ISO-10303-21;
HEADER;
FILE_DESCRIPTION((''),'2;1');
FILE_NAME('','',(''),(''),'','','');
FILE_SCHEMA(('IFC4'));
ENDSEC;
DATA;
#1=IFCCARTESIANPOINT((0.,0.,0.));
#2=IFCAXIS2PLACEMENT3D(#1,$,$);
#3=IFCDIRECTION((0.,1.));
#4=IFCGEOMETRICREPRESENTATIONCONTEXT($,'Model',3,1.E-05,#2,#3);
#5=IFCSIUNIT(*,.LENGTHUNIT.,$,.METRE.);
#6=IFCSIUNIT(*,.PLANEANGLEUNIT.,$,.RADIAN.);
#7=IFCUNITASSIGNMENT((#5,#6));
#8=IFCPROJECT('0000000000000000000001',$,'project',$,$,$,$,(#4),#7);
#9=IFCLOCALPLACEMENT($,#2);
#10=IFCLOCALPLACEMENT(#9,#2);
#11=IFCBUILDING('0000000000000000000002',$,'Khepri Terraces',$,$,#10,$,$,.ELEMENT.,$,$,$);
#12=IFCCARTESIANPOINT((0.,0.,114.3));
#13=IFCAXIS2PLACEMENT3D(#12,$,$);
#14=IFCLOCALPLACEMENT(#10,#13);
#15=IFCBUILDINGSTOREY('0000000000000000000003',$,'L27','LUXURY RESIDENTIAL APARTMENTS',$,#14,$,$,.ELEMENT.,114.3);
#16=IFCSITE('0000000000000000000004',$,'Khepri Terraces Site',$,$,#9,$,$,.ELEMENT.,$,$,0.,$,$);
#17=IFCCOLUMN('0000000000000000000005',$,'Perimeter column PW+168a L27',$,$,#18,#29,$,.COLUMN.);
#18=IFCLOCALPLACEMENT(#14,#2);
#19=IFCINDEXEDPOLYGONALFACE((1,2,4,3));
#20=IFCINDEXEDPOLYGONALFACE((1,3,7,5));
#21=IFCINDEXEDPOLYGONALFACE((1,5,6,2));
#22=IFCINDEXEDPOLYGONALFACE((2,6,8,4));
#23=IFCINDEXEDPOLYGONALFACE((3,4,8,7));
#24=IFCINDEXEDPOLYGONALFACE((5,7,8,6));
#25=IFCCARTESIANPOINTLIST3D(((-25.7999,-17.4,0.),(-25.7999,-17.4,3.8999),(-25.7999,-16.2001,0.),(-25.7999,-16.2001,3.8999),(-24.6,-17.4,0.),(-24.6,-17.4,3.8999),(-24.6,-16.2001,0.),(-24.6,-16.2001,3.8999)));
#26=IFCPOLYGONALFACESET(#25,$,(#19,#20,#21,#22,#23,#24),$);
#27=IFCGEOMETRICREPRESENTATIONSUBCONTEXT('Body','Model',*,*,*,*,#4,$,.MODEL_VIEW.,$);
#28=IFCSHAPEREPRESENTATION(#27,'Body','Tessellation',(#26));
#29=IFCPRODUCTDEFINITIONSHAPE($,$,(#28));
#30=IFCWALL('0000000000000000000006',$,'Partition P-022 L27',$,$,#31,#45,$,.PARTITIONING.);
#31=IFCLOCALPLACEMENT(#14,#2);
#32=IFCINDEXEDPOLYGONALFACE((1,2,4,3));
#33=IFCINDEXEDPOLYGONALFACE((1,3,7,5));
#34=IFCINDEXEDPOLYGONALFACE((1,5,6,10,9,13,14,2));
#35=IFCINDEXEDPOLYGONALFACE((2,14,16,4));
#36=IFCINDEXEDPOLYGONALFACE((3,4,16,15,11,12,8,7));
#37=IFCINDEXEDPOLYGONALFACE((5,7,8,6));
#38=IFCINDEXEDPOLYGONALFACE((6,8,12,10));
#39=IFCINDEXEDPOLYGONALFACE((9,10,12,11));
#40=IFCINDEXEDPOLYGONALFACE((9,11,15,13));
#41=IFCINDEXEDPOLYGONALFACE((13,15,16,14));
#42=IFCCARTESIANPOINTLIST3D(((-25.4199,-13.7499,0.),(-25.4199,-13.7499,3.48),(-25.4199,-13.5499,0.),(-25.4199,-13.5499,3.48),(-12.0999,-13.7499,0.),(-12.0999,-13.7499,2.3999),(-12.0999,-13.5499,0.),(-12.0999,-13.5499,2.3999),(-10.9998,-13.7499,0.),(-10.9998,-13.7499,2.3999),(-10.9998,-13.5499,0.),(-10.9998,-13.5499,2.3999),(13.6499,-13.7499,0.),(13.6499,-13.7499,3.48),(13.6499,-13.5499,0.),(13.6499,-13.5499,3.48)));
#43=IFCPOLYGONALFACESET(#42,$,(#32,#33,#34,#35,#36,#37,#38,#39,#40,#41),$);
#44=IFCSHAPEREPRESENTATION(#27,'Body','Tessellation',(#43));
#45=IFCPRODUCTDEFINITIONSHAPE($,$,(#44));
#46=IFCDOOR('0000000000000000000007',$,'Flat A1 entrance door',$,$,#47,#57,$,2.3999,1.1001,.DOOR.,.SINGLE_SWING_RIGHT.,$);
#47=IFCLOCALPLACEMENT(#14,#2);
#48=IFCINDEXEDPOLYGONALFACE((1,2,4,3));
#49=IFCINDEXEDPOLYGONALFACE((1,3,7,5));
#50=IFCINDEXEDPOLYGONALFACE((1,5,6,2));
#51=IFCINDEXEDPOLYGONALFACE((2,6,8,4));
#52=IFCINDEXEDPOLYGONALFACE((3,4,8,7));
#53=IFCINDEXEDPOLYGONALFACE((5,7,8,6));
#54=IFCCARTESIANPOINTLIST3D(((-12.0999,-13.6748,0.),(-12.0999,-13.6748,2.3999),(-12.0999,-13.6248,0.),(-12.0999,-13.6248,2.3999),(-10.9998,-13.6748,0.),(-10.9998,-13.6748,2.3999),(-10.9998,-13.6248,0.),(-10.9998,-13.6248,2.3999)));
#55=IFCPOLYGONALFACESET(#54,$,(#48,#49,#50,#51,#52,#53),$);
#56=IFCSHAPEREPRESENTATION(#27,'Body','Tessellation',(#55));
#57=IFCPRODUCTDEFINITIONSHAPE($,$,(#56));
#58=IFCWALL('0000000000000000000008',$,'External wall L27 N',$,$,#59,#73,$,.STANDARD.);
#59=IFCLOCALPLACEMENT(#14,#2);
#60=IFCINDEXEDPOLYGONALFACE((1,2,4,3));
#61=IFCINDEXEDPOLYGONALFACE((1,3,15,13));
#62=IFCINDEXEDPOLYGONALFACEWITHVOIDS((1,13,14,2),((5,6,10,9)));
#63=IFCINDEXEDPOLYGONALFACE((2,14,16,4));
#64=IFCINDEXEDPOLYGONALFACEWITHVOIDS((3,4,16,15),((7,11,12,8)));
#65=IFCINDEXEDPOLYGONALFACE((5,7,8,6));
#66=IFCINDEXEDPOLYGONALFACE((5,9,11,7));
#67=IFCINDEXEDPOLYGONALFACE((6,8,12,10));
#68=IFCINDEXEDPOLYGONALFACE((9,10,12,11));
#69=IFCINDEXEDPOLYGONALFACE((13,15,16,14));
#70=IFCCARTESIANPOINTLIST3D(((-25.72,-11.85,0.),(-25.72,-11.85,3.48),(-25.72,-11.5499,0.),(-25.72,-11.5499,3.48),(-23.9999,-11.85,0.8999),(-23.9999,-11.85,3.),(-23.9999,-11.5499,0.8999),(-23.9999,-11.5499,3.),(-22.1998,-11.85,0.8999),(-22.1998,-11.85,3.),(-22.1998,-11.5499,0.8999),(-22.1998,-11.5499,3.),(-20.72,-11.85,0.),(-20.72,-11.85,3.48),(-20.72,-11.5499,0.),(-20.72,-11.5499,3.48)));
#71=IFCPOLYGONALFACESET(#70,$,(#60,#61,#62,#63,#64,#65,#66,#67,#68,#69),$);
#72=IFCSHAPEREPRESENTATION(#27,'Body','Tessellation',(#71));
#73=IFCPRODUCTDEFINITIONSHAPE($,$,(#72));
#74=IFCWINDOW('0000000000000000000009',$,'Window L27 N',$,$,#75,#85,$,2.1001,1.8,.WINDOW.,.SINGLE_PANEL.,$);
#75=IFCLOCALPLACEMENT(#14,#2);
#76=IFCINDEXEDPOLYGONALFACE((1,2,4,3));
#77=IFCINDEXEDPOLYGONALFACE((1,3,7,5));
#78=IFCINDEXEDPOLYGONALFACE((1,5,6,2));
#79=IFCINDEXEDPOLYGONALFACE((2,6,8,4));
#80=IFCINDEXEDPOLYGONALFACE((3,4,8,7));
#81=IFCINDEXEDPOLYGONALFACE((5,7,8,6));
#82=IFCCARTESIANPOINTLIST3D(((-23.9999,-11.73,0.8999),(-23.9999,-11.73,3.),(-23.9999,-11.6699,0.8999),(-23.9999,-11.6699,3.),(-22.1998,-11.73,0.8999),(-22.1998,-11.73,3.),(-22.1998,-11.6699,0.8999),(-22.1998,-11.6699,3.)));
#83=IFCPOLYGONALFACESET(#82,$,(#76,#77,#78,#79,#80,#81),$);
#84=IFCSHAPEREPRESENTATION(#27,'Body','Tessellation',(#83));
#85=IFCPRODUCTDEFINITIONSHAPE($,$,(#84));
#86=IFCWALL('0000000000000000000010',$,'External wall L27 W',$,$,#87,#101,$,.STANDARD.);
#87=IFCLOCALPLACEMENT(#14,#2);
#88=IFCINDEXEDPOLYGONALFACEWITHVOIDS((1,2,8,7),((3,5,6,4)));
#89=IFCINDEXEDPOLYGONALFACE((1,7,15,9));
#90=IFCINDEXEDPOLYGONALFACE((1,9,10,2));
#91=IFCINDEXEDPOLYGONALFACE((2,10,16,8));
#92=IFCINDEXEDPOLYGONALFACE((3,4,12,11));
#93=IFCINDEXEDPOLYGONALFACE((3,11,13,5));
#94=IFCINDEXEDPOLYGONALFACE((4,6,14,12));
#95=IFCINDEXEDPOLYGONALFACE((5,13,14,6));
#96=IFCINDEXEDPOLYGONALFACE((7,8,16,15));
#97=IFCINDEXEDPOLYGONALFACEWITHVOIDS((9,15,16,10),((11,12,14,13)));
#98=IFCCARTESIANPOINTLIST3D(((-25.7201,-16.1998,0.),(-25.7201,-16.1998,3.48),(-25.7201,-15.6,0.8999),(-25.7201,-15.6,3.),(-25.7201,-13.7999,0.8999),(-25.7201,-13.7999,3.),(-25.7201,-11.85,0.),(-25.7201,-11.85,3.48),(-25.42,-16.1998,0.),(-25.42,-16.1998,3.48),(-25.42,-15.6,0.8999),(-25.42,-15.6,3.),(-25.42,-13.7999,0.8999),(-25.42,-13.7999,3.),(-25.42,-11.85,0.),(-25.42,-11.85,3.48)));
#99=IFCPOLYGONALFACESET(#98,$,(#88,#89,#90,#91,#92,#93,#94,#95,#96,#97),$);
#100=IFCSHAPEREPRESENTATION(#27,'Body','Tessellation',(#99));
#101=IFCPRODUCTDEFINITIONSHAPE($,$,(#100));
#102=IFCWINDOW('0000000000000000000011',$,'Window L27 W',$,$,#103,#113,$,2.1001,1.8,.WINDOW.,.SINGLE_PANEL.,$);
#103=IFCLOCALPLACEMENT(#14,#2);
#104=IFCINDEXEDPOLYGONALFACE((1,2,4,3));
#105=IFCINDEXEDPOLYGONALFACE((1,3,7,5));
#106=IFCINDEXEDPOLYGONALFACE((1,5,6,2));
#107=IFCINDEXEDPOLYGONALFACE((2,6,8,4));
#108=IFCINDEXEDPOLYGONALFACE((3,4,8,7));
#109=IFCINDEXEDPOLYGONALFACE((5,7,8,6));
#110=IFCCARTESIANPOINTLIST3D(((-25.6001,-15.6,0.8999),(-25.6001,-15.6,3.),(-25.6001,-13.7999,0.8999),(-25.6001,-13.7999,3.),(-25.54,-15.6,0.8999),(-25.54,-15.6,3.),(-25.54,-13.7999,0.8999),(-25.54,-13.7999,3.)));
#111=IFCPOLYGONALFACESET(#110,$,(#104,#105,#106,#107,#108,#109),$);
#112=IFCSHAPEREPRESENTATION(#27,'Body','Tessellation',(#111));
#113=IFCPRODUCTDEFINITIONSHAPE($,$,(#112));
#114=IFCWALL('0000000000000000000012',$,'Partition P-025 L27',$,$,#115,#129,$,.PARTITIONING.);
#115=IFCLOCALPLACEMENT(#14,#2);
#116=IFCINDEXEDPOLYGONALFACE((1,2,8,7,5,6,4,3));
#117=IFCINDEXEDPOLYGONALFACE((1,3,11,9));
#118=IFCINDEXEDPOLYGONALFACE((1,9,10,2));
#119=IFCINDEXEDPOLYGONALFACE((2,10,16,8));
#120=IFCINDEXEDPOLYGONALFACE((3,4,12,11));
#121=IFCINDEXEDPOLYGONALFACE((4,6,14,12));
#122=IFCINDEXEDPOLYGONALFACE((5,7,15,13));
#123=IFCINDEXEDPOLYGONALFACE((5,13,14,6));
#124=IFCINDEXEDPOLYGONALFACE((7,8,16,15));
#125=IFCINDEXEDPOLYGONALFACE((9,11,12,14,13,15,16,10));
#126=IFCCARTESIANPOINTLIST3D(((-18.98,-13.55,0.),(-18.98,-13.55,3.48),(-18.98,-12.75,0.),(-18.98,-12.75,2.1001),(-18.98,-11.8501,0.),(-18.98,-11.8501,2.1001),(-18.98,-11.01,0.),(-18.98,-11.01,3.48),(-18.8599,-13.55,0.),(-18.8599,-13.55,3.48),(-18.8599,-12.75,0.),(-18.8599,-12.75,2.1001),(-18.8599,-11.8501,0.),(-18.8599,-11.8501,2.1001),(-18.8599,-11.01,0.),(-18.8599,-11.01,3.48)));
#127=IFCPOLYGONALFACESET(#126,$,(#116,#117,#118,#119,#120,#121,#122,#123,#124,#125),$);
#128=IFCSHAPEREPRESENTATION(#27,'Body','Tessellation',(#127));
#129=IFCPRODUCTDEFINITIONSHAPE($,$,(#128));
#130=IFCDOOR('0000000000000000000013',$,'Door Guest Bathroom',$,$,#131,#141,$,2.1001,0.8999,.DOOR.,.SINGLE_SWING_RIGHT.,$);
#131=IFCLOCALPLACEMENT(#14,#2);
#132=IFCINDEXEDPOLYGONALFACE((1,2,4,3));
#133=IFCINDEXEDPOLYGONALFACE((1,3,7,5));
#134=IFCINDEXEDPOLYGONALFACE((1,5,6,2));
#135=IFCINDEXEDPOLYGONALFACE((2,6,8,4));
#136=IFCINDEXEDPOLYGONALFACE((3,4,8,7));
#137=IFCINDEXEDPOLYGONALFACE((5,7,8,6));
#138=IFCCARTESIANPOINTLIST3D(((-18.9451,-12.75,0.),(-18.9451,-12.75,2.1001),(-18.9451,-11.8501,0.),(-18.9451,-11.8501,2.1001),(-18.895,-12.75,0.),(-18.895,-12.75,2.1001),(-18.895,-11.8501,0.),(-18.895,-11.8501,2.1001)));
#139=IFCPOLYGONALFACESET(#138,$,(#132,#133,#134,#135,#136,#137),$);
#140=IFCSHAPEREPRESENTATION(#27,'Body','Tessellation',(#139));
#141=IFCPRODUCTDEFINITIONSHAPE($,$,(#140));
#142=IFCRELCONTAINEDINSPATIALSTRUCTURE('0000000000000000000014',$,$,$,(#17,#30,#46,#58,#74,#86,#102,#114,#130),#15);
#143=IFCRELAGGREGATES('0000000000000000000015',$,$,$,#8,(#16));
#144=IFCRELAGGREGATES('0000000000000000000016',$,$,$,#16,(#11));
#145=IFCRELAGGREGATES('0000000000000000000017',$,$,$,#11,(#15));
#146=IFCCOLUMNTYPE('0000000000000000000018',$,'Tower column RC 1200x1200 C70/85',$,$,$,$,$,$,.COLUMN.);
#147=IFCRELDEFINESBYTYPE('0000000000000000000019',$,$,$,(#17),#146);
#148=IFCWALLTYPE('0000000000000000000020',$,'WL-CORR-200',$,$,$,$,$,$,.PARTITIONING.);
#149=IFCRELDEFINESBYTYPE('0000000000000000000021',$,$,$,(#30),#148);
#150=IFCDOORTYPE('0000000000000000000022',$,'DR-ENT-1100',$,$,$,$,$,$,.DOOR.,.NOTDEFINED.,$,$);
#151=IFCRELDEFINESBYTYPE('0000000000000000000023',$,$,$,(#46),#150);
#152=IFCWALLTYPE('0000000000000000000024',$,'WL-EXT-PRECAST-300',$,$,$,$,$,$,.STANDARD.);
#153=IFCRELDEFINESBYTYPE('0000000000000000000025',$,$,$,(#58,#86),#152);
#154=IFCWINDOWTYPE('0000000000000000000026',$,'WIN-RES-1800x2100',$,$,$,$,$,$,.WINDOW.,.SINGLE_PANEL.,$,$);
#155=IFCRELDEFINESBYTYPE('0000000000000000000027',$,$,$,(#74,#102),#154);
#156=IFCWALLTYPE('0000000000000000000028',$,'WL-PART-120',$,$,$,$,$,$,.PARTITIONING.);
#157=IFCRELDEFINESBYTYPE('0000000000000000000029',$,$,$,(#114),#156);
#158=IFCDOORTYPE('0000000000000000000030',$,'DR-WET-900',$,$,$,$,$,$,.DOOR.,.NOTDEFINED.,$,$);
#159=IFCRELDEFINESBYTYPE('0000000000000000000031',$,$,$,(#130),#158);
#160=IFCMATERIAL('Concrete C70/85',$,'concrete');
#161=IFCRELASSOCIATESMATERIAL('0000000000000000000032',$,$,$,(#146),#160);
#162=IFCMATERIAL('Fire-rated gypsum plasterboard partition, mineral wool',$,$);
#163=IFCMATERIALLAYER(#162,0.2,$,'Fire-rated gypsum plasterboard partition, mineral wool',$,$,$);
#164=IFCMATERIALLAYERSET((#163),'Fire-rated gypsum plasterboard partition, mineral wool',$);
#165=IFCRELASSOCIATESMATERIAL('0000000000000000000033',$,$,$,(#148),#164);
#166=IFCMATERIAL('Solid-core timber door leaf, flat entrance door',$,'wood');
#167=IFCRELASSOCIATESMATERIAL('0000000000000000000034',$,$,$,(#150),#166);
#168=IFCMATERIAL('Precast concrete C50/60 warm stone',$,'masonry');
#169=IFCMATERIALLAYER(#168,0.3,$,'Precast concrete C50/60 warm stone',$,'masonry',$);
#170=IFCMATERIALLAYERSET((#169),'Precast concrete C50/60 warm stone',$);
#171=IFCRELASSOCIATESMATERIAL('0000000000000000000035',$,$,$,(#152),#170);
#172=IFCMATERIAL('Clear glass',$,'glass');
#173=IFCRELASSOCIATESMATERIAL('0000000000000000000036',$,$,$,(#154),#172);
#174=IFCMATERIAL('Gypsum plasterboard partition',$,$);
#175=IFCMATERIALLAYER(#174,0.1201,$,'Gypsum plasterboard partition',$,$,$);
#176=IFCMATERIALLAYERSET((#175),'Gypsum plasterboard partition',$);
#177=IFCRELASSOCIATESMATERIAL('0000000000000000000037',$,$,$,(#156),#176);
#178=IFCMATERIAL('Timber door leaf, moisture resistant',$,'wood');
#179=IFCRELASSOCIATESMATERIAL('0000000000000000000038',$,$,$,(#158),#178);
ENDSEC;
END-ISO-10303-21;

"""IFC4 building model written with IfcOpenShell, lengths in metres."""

from ifc_helpers import new_model, si_unit, direction, frame, frame_2d, origin, origin_2d, place, context, subcontext, project, spatial, rectangle, extrude, material, layer, layer_set, material_profile, profile_set, type_object, element, fill, save


model = new_model("IFC4")

# Units and contexts
model_context = context("Model", 3, precision=1e-05, world=origin(), true_north=direction((0.0, 1.0)))
body_context = subcontext(model_context, "Body", "Model", "MODEL_VIEW")
ifc_project = project(units=[si_unit("LENGTHUNIT", "METRE"), si_unit("PLANEANGLEUNIT", "RADIAN")], contexts=[model_context])

# Site, building, storey
site_placement = place(None, origin())
site = spatial("IfcSite", under=ifc_project, at=site_placement, Name="Khepri Terraces Site", CompositionType="ELEMENT", RefElevation=0.0)
building_placement = place(site_placement, origin())
building = spatial("IfcBuilding", under=site, at=building_placement, Name="Khepri Terraces", CompositionType="ELEMENT")
storey_placement = place(building_placement, frame((0.0, 0.0, 114.3)))
storey = spatial("IfcBuildingStorey", under=building, at=storey_placement, Name="L27", Description="LUXURY RESIDENTIAL APARTMENTS", CompositionType="ELEMENT", Elevation=114.3)

# Column
ifc_material_1 = material(Name="Concrete C70/85", Category="concrete")
ifc_material_profile = material_profile(ifc_material_1, rectangle(XDim=1.2, YDim=1.2, at=origin_2d()), Name="Concrete C70/85", Category="concrete")
ifc_profile_set = profile_set([ifc_material_profile], Name="Concrete C70/85")
column_type = type_object("IfcColumnType", Name="Tower column RC 1200x1200 C70/85", PredefinedType="COLUMN", material=ifc_profile_set)
column_placement = place(storey_placement, frame((-25.2, -16.8, 0.0), z_axis=(0.0, 0.0, 1.0), x_axis=(1.0, 0.0, 0.0)))
element("IfcColumn", 1, at=column_placement, inside=storey, type_object=column_type, Name="Perimeter column PW+168a L27", PredefinedType="COLUMN", context=body_context, shape_type="SweptSolid", body=[
    extrude(rectangle(XDim=1.2, YDim=1.2, at=origin_2d()), origin(), (0.0, 0.0, 1.0), 3.8999),
])

# Wall, opening, door
ifc_material_2 = material(Name="Fire-rated gypsum plasterboard partition, mineral wool")
ifc_layer_1 = layer(ifc_material_2, 0.2, Name="Fire-rated gypsum plasterboard partition, mineral wool")
ifc_layer_set_1 = layer_set([ifc_layer_1], Name="Fire-rated gypsum plasterboard partition, mineral wool")
wall_type_1 = type_object("IfcWallType", Name="WL-CORR-200", PredefinedType="PARTITIONING", material=ifc_layer_set_1)
wall_1_placement = place(storey_placement, frame((-25.4199, -13.6499, 0.0), z_axis=(0.0, 0.0, 1.0), x_axis=(1.0, 0.0, 0.0)))
wall_1 = element("IfcWall", 2, at=wall_1_placement, inside=storey, type_object=wall_type_1, Name="Partition P-022 L27", PredefinedType="PARTITIONING", context=body_context, shape_type="SweptSolid", body=[
    extrude(rectangle(XDim=39.0698, YDim=0.2, at=frame_2d((19.5349, 0.0))), origin(), (0.0, 0.0, 1.0), 3.48),
])
opening_1_placement = place(wall_1_placement, frame((13.3201, 0.0, 0.0)))
opening_1 = element("IfcOpeningElement", 3, at=opening_1_placement, cuts=wall_1, PredefinedType="OPENING", context=body_context, shape_type="SweptSolid", body=[
    extrude(rectangle(XDim=1.1001, YDim=2.3999, at=frame_2d((0.55, 1.2))), frame((0.0, 0.1099, 0.0), z_axis=(0.0, -1.0, 0.0), x_axis=(1.0, 0.0, 0.0)), (0.0, 0.0, 1.0), 0.22),
])
ifc_material_3 = material(Name="Solid-core timber door leaf, flat entrance door", Category="wood")
door_type_1 = type_object("IfcDoorType", Name="DR-ENT-1100", OperationType="NOTDEFINED", PredefinedType="DOOR", material=ifc_material_3)
door_1_placement = place(opening_1_placement, frame((1.1001, 0.0, 0.0), z_axis=(0.0, 0.0, 1.0), x_axis=(-1.0, 0.0, 0.0)))
door_1 = element("IfcDoor", 4, at=door_1_placement, inside=storey, type_object=door_type_1, Name="Flat A1 entrance door", OperationType="SINGLE_SWING_RIGHT", OverallHeight=2.3999, OverallWidth=1.1001, PredefinedType="DOOR", context=body_context, shape_type="SweptSolid", body=[
    extrude(rectangle(XDim=1.1001, YDim=2.3999, at=frame_2d((0.55, 1.2))), frame((0.0, 0.0249, 0.0), z_axis=(0.0, -1.0, 0.0), x_axis=(1.0, 0.0, 0.0)), (0.0, 0.0, 1.0), 0.05),
])
fill(opening_1, door_1)

# Walls, openings, windows
ifc_material_4 = material(Name="Precast concrete C50/60 warm stone", Category="masonry")
ifc_layer_2 = layer(ifc_material_4, 0.3, Name="Precast concrete C50/60 warm stone", Category="masonry")
ifc_layer_set_2 = layer_set([ifc_layer_2], Name="Precast concrete C50/60 warm stone")
wall_type_2 = type_object("IfcWallType", Name="WL-EXT-PRECAST-300", PredefinedType="STANDARD", material=ifc_layer_set_2)
wall_2_placement = place(storey_placement, frame((-20.72, -11.7, 0.0), z_axis=(0.0, 0.0, 1.0), x_axis=(-1.0, 0.0, 0.0)))
wall_2 = element("IfcWall", 5, at=wall_2_placement, inside=storey, type_object=wall_type_2, Name="External wall L27 N", PredefinedType="STANDARD", context=body_context, shape_type="SweptSolid", body=[
    extrude(rectangle(XDim=5.0, YDim=0.3, at=frame_2d((2.5, 0.0))), origin(), (0.0, 0.0, 1.0), 3.48),
])
opening_2_placement = place(wall_2_placement, frame((1.48, 0.0, 0.8999)))
opening_2 = element("IfcOpeningElement", 6, at=opening_2_placement, cuts=wall_2, PredefinedType="OPENING", context=body_context, shape_type="SweptSolid", body=[
    extrude(rectangle(XDim=1.8, YDim=2.1001, at=frame_2d((0.8999, 1.05))), frame((0.0, 0.1602, 0.0), z_axis=(0.0, -1.0, 0.0), x_axis=(1.0, 0.0, 0.0)), (0.0, 0.0, 1.0), 0.3201),
])
ifc_material_5 = material(Name="Clear glass", Category="glass")
window_type = type_object("IfcWindowType", Name="WIN-RES-1800x2100", PartitioningType="SINGLE_PANEL", PredefinedType="WINDOW", material=ifc_material_5)
window_1_placement = place(opening_2_placement, origin())
window_1 = element("IfcWindow", 7, at=window_1_placement, inside=storey, type_object=window_type, Name="Window L27 N", OverallHeight=2.1001, OverallWidth=1.8, PartitioningType="SINGLE_PANEL", PredefinedType="WINDOW", context=body_context, shape_type="SweptSolid", body=[
    extrude(rectangle(XDim=1.8, YDim=2.1001, at=frame_2d((0.8999, 1.05))), frame((0.0, 0.03, 0.0), z_axis=(0.0, -1.0, 0.0), x_axis=(1.0, 0.0, 0.0)), (0.0, 0.0, 1.0), 0.0601),
])
fill(opening_2, window_1)
wall_3_placement = place(storey_placement, frame((-25.5701, -11.8501, 0.0), z_axis=(0.0, 0.0, 1.0), x_axis=(0.0, -1.0, 0.0)))
wall_3 = element("IfcWall", 8, at=wall_3_placement, inside=storey, type_object=wall_type_2, Name="External wall L27 W", PredefinedType="STANDARD", context=body_context, shape_type="SweptSolid", body=[
    extrude(rectangle(XDim=4.3499, YDim=0.3, at=frame_2d((2.1748, 0.0))), origin(), (0.0, 0.0, 1.0), 3.48),
])
opening_3_placement = place(wall_3_placement, frame((1.95, 0.0, 0.8999)))
opening_3 = element("IfcOpeningElement", 9, at=opening_3_placement, cuts=wall_3, PredefinedType="OPENING", context=body_context, shape_type="SweptSolid", body=[
    extrude(rectangle(XDim=1.8, YDim=2.1001, at=frame_2d((0.8999, 1.05))), frame((0.0, 0.1602, 0.0), z_axis=(0.0, -1.0, 0.0), x_axis=(1.0, 0.0, 0.0)), (0.0, 0.0, 1.0), 0.3201),
])
window_2_placement = place(opening_3_placement, origin())
window_2 = element("IfcWindow", 10, at=window_2_placement, inside=storey, type_object=window_type, Name="Window L27 W", OverallHeight=2.1001, OverallWidth=1.8, PartitioningType="SINGLE_PANEL", PredefinedType="WINDOW", context=body_context, shape_type="SweptSolid", body=[
    extrude(rectangle(XDim=1.8, YDim=2.1001, at=frame_2d((0.8999, 1.05))), frame((0.0, 0.03, 0.0), z_axis=(0.0, -1.0, 0.0), x_axis=(1.0, 0.0, 0.0)), (0.0, 0.0, 1.0), 0.0601),
])
fill(opening_3, window_2)

# Wall, opening, door
ifc_material_6 = material(Name="Gypsum plasterboard partition")
ifc_layer_3 = layer(ifc_material_6, 0.1201, Name="Gypsum plasterboard partition")
ifc_layer_set_3 = layer_set([ifc_layer_3], Name="Gypsum plasterboard partition")
wall_type_3 = type_object("IfcWallType", Name="WL-PART-120", PredefinedType="PARTITIONING", material=ifc_layer_set_3)
wall_4_placement = place(storey_placement, frame((-18.9199, -13.55, 0.0), z_axis=(0.0, 0.0, 1.0), x_axis=(0.0, 1.0, 0.0)))
wall_4 = element("IfcWall", 11, at=wall_4_placement, inside=storey, type_object=wall_type_3, Name="Partition P-025 L27", PredefinedType="PARTITIONING", context=body_context, shape_type="SweptSolid", body=[
    extrude(rectangle(XDim=2.54, YDim=0.1201, at=frame_2d((1.27, 0.0))), origin(), (0.0, 0.0, 1.0), 3.48),
])
opening_4_placement = place(wall_4_placement, frame((0.8, 0.0, 0.0)))
opening_4 = element("IfcOpeningElement", 12, at=opening_4_placement, cuts=wall_4, PredefinedType="OPENING", context=body_context, shape_type="SweptSolid", body=[
    extrude(rectangle(XDim=0.8999, YDim=2.1001, at=frame_2d((0.45, 1.05))), frame((0.0, 0.0701, 0.0), z_axis=(0.0, -1.0, 0.0), x_axis=(1.0, 0.0, 0.0)), (0.0, 0.0, 1.0), 0.1401),
])
ifc_material_7 = material(Name="Timber door leaf, moisture resistant", Category="wood")
door_type_2 = type_object("IfcDoorType", Name="DR-WET-900", OperationType="NOTDEFINED", PredefinedType="DOOR", material=ifc_material_7)
door_2_placement = place(opening_4_placement, frame((0.8999, 0.0, 0.0), z_axis=(0.0, 0.0, 1.0), x_axis=(-1.0, 0.0, 0.0)))
door_2 = element("IfcDoor", 13, at=door_2_placement, inside=storey, type_object=door_type_2, Name="Door Guest Bathroom", OperationType="SINGLE_SWING_RIGHT", OverallHeight=2.1001, OverallWidth=0.8999, PredefinedType="DOOR", context=body_context, shape_type="SweptSolid", body=[
    extrude(rectangle(XDim=0.8999, YDim=2.1001, at=frame_2d((0.45, 1.05))), frame((0.0, 0.0249, 0.0), z_axis=(0.0, -1.0, 0.0), x_axis=(1.0, 0.0, 0.0)), (0.0, 0.0, 1.0), 0.05),
])
fill(opening_4, door_2)

save(model, "model.ifc")
